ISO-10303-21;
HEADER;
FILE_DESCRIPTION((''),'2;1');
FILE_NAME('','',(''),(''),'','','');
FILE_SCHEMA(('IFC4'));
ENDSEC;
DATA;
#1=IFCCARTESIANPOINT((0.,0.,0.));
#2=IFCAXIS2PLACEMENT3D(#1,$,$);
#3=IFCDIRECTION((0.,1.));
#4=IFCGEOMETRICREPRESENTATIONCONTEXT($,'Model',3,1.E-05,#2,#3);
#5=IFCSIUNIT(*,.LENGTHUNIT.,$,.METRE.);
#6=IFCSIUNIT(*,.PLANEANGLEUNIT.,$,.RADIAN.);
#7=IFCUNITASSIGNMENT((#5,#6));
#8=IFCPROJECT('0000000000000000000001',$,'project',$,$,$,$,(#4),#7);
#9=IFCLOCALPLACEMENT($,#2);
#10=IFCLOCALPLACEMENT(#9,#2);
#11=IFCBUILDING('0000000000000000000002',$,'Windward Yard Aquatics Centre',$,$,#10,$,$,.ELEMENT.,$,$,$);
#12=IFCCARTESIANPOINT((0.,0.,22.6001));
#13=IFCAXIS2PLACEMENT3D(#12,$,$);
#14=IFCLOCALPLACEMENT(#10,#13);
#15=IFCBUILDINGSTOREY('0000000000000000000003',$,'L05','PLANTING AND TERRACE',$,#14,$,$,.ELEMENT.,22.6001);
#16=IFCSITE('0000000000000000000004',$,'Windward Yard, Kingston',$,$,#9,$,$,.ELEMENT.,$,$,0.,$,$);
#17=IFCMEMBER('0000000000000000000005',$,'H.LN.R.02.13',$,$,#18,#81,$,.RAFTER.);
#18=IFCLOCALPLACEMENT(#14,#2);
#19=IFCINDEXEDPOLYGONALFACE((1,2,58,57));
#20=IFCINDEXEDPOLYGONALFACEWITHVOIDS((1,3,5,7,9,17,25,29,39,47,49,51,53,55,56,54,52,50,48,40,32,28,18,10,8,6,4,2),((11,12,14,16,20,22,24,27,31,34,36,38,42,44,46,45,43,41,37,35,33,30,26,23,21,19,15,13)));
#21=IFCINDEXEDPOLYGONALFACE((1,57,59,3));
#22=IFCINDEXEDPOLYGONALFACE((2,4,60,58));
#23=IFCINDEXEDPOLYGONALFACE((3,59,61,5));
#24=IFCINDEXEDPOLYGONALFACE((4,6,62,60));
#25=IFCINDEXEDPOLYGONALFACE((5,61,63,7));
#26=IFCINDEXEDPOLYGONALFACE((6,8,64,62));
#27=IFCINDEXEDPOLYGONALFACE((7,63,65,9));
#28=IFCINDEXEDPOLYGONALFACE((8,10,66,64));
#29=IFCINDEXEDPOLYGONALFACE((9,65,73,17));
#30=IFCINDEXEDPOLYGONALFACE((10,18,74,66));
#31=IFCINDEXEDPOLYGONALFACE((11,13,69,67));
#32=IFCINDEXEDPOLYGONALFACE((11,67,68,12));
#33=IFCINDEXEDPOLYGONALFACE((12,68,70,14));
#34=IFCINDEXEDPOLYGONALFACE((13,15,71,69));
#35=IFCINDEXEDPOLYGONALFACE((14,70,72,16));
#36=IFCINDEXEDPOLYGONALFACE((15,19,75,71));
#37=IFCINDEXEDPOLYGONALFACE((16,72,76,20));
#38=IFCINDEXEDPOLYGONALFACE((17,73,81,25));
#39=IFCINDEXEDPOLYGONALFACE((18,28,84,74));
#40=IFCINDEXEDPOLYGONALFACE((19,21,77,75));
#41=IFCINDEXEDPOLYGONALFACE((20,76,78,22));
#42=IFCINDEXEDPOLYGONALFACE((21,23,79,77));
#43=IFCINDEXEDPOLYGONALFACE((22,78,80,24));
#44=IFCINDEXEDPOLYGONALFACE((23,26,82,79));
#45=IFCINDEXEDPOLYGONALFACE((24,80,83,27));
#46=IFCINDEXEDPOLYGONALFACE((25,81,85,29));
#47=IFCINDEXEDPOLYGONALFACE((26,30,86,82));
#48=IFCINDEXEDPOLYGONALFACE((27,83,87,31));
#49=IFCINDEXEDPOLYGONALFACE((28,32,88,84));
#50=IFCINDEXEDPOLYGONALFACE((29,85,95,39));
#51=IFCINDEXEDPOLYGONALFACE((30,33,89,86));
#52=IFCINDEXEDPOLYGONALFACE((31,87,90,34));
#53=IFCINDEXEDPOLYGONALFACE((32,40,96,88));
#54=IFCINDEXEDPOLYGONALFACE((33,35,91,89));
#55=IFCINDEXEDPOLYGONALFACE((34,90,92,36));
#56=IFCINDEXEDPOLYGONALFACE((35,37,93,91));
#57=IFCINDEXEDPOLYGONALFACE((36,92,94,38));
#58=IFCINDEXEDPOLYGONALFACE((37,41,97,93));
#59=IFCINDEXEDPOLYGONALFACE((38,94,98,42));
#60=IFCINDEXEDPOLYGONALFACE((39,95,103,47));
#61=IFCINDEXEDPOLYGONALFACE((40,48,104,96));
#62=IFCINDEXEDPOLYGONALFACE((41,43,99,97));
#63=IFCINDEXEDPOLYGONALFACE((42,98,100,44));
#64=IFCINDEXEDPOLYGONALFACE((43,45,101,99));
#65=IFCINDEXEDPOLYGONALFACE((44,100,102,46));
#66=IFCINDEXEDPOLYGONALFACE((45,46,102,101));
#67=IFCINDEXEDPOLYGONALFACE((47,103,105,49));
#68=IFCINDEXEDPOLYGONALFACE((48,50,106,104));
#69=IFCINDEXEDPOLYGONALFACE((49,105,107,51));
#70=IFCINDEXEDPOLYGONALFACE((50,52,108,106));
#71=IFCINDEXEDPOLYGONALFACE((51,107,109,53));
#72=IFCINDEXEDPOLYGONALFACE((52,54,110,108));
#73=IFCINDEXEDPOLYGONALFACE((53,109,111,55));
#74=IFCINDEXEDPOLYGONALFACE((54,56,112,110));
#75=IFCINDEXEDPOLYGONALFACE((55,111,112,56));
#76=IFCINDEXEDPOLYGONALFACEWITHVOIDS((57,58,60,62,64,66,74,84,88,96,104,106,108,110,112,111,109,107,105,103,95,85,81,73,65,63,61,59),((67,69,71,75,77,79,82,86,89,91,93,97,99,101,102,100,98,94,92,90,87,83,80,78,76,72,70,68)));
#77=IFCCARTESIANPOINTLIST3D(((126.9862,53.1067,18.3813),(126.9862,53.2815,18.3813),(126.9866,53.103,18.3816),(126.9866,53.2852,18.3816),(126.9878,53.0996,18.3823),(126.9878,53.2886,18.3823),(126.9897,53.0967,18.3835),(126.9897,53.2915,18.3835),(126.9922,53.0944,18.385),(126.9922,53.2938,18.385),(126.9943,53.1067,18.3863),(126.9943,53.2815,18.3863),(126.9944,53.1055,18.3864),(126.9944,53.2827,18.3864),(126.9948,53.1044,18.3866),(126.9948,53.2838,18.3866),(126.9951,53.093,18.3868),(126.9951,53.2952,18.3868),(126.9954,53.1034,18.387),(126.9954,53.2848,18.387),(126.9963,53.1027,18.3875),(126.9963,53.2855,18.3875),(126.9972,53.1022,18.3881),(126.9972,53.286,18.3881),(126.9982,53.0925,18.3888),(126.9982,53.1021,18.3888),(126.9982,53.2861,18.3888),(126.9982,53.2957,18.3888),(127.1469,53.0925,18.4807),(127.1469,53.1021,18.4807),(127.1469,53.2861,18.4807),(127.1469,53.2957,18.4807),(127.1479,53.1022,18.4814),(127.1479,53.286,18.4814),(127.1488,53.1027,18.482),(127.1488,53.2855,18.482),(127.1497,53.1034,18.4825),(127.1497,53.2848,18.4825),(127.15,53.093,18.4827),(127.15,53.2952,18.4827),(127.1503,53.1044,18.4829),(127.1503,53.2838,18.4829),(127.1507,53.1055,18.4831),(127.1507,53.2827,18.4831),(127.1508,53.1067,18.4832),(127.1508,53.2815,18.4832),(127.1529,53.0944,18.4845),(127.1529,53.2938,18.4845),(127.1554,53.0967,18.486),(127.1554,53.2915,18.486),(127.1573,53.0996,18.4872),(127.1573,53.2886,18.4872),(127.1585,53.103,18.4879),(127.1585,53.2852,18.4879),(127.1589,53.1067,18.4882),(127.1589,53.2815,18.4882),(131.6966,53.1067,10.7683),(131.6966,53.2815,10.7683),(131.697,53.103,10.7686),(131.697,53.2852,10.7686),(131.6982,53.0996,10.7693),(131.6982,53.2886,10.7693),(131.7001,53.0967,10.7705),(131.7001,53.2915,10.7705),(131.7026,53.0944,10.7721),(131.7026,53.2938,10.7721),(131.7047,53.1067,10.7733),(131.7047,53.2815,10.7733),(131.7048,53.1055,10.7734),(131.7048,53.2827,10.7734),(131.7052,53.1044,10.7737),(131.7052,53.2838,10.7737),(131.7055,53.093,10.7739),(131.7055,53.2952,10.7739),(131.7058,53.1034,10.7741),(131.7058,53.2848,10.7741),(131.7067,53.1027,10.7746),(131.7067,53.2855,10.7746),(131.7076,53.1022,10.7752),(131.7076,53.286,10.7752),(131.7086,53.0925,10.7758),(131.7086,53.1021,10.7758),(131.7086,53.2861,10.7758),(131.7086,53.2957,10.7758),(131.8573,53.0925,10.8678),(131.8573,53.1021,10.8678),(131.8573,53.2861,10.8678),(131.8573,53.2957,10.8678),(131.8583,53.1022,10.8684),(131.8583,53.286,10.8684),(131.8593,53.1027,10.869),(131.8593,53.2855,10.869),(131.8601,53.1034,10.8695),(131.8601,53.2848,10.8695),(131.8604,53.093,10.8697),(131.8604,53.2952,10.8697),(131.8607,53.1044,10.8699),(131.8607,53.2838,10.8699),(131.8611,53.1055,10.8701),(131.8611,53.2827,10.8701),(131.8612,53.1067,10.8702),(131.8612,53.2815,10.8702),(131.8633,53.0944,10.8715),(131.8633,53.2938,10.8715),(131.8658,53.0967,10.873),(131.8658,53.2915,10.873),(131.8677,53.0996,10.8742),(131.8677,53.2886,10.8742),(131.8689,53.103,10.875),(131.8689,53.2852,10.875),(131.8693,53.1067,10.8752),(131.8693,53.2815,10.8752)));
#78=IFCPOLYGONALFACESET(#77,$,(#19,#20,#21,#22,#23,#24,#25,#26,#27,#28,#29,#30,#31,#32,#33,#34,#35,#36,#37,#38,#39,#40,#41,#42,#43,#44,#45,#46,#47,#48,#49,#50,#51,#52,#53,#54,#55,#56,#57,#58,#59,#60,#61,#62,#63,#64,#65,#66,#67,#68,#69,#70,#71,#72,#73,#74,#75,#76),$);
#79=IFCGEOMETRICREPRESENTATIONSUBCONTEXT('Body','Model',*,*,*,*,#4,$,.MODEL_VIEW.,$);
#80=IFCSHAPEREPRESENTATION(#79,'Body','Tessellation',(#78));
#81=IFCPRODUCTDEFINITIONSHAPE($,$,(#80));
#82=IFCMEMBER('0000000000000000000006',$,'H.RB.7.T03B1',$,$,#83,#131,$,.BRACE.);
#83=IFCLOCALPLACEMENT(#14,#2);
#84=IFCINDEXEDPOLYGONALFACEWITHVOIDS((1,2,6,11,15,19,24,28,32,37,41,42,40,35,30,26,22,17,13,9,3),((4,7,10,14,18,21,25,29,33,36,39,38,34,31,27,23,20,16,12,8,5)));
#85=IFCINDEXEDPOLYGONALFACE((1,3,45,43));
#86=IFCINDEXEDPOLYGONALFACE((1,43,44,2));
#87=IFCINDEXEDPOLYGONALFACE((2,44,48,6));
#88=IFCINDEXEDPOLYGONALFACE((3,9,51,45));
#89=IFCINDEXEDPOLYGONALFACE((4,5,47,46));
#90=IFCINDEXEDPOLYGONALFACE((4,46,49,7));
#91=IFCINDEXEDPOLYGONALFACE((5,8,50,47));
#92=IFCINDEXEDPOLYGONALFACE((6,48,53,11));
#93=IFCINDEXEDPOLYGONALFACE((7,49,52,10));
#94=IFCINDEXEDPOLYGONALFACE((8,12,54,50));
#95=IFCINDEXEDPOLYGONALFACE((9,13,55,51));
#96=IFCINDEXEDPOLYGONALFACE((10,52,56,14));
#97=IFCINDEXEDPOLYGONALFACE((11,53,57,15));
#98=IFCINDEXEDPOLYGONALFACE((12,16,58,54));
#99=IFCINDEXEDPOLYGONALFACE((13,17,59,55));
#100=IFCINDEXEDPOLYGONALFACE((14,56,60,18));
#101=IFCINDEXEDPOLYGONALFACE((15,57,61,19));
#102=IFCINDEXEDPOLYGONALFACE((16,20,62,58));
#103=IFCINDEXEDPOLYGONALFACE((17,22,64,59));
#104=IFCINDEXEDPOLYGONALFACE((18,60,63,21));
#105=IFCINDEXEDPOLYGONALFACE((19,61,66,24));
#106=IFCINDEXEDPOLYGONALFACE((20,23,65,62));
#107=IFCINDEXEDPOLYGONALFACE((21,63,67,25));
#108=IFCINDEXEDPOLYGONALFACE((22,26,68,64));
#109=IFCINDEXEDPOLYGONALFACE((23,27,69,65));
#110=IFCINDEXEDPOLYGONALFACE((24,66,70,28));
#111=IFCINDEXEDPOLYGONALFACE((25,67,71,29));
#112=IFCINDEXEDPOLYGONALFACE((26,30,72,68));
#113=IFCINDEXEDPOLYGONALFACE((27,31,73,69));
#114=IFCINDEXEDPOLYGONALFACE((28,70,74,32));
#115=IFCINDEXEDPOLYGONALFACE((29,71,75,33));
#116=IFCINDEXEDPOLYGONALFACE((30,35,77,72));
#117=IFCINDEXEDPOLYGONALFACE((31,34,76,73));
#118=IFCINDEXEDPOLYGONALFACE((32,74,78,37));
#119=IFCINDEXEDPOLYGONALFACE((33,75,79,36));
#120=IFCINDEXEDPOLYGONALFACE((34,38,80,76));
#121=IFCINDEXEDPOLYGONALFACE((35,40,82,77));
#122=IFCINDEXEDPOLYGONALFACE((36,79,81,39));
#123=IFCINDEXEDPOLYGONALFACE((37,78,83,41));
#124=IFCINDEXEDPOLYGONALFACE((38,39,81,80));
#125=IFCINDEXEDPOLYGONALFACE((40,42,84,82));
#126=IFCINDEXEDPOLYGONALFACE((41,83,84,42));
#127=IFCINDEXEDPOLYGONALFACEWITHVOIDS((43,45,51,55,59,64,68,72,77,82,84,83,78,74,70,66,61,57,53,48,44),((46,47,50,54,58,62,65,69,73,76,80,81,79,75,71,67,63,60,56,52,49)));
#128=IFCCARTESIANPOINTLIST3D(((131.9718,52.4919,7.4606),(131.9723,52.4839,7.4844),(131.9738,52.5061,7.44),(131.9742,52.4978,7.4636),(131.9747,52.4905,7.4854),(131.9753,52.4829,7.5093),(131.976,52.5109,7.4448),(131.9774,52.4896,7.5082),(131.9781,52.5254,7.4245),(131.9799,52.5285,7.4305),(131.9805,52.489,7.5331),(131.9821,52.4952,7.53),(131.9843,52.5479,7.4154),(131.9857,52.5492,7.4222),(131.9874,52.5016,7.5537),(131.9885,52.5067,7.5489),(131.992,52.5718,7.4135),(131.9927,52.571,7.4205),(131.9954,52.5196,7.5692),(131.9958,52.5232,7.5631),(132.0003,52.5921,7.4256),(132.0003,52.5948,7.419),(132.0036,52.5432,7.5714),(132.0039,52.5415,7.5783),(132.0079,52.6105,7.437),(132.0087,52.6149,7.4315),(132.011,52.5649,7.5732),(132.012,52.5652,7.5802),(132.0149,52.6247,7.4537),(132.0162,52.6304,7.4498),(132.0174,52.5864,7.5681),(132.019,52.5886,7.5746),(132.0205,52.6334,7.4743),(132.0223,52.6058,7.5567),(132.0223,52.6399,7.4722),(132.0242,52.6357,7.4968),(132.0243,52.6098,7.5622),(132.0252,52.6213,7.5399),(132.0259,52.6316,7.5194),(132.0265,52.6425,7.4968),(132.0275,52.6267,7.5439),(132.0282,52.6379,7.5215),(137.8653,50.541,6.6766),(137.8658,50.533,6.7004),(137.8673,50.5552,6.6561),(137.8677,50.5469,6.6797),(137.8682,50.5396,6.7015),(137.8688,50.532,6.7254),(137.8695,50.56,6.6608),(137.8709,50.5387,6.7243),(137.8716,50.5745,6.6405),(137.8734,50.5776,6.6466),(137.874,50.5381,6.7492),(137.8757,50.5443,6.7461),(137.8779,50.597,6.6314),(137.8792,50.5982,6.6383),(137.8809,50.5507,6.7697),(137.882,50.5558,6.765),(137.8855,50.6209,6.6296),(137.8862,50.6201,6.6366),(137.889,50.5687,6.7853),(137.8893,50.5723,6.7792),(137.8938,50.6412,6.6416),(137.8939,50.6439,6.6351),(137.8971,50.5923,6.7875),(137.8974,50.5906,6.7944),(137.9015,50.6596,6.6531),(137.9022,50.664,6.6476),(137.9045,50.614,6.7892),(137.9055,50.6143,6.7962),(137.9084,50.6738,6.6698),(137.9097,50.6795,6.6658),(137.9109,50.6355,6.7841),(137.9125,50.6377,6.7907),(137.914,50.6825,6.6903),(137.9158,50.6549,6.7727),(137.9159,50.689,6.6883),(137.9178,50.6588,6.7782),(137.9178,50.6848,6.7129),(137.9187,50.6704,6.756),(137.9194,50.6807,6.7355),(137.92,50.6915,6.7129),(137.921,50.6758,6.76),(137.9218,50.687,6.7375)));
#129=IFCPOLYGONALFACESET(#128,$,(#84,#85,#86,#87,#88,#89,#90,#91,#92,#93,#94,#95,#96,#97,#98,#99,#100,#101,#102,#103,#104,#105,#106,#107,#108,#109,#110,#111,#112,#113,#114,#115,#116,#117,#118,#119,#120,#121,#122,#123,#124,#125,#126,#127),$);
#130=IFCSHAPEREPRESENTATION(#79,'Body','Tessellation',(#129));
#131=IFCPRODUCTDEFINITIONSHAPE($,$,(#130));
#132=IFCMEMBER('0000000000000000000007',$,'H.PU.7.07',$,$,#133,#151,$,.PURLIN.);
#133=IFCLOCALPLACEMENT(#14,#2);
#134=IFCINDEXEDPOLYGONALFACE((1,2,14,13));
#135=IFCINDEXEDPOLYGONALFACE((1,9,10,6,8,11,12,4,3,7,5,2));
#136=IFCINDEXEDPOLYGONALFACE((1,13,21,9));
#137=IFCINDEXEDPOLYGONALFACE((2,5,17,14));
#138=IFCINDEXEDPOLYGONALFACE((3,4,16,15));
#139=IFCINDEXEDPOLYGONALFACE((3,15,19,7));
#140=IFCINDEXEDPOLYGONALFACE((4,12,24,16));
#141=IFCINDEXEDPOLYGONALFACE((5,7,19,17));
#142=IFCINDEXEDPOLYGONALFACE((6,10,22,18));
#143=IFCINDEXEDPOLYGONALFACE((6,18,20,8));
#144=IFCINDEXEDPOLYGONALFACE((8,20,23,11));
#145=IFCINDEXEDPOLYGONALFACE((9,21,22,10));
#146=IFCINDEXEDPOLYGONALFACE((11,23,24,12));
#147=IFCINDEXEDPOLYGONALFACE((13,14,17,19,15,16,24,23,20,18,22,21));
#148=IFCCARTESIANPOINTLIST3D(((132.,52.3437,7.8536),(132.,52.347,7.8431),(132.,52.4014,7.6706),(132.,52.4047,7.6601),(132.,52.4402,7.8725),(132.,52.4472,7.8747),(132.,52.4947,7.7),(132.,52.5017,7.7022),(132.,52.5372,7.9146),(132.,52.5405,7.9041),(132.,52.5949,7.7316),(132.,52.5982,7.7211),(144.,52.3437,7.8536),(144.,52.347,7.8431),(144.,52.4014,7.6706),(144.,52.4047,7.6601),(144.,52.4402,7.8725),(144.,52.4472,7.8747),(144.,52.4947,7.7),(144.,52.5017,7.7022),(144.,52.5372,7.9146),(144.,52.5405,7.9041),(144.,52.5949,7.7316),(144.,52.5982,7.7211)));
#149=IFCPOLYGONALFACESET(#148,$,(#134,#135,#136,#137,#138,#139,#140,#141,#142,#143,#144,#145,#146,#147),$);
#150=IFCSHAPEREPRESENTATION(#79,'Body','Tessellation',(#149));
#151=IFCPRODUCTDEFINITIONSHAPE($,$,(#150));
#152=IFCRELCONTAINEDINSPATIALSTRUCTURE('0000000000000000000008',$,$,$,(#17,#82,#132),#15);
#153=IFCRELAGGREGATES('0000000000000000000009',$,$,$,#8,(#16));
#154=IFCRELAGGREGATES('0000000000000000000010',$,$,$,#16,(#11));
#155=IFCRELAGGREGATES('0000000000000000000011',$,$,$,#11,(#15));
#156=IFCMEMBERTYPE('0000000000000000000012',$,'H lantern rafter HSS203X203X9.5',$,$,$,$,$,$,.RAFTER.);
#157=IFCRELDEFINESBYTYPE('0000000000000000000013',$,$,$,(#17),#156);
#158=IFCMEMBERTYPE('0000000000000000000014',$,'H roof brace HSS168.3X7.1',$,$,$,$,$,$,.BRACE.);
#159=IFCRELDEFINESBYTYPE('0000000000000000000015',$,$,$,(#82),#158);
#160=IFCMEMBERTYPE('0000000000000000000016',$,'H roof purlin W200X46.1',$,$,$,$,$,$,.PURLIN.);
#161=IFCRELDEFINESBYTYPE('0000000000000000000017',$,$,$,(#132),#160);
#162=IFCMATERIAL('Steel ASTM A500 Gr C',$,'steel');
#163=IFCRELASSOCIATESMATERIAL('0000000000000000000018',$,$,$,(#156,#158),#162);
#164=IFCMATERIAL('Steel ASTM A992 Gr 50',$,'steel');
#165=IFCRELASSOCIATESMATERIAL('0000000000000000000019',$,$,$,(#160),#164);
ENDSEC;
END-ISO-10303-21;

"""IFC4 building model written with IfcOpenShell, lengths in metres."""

from ifc_helpers import new_model, si_unit, direction, frame, origin, origin_2d, place, context, subcontext, project, spatial, hollow_rectangle, hollow_circle, i_section, extrude, material, material_profile, profile_set, type_object, element, save


model = new_model("IFC4")

# Units and contexts
model_context = context("Model", 3, precision=1e-05, world=origin(), true_north=direction((0.0, 1.0)))
body_context = subcontext(model_context, "Body", "Model", "MODEL_VIEW")
ifc_project = project(units=[si_unit("LENGTHUNIT", "METRE"), si_unit("PLANEANGLEUNIT", "RADIAN")], contexts=[model_context])

# Site, building, storey
site_placement = place(None, origin())
site = spatial("IfcSite", under=ifc_project, at=site_placement, Name="Windward Yard, Kingston", CompositionType="ELEMENT", RefElevation=0.0)
building_placement = place(site_placement, origin())
building = spatial("IfcBuilding", under=site, at=building_placement, Name="Windward Yard Aquatics Centre", CompositionType="ELEMENT")
storey_placement = place(building_placement, frame((0.0, 0.0, 22.6001)))
storey = spatial("IfcBuildingStorey", under=building, at=storey_placement, Name="L05", Description="PLANTING AND TERRACE", CompositionType="ELEMENT", Elevation=22.6001)

# Members
ifc_material_1 = material(Name="Steel ASTM A500 Gr C", Category="steel")
ifc_material_profile_1 = material_profile(ifc_material_1, hollow_rectangle(XDim=0.2031, YDim=0.2031, WallThickness=0.0095, InnerFilletRadius=0.0046, OuterFilletRadius=0.0142, at=origin_2d()), Name="HSS203X203X9.5")
ifc_profile_set_1 = profile_set([ifc_material_profile_1], Name="Steel ASTM A500 Gr C")
member_type_1 = type_object("IfcMemberType", Name="H lantern rafter HSS203X203X9.5", PredefinedType="RAFTER", material=ifc_profile_set_1)
member_1_placement = place(storey_placement, frame((131.783, 53.1941, 10.8218), z_axis=(-0.526162, 0.0, 0.850384), x_axis=(0.0, -1.0, 0.0)))
element("IfcMember", 1, at=member_1_placement, inside=storey, type_object=member_type_1, Name="H.LN.R.02.13", PredefinedType="RAFTER", context=body_context, shape_type="SweptSolid", body=[
    extrude(hollow_rectangle(XDim=0.2031, YDim=0.2031, WallThickness=0.0095, InnerFilletRadius=0.0046, OuterFilletRadius=0.0142, at=origin_2d()), origin(), (0.0, 0.0, 1.0), 8.9524),
])
ifc_material_profile_2 = material_profile(ifc_material_1, hollow_circle(Radius=0.0842, WallThickness=0.0071, at=origin_2d()), Name="HSS168.3X7.1")
ifc_profile_set_2 = profile_set([ifc_material_profile_2], Name="Steel ASTM A500 Gr C")
member_type_2 = type_object("IfcMemberType", Name="H roof brace HSS168.3X7.1", PredefinedType="BRACE", material=ifc_profile_set_2)
member_2_placement = place(storey_placement, frame((132.0, 52.5625, 7.4968), z_axis=(0.941858, -0.311781, -0.125282), x_axis=(0.314257, 0.949338, 0.0)))
element("IfcMember", 2, at=member_2_placement, inside=storey, type_object=member_type_2, Name="H.RB.7.T03B1", PredefinedType="BRACE", context=body_context, shape_type="SweptSolid", body=[
    extrude(hollow_circle(Radius=0.0842, WallThickness=0.0071, at=origin_2d()), origin(), (0.0, 0.0, 1.0), 6.2573),
])
ifc_material_2 = material(Name="Steel ASTM A992 Gr 50", Category="steel")
ifc_material_profile_3 = material_profile(ifc_material_2, i_section(OverallWidth=0.2029, OverallDepth=0.2029, WebThickness=0.0073, FlangeThickness=0.011, at=origin_2d()), Name="W200X46.1")
ifc_profile_set_3 = profile_set([ifc_material_profile_3], Name="Steel ASTM A992 Gr 50")
member_type_3 = type_object("IfcMemberType", Name="H roof purlin W200X46.1", PredefinedType="PURLIN", material=ifc_profile_set_3)
member_3_placement = place(storey_placement, frame((132.0, 52.4709, 7.7874), z_axis=(1.0, 0.0, 0.0), x_axis=(0.0, 0.953633, 0.300973)))
element("IfcMember", 3, at=member_3_placement, inside=storey, type_object=member_type_3, Name="H.PU.7.07", PredefinedType="PURLIN", context=body_context, shape_type="SweptSolid", body=[
    extrude(i_section(OverallWidth=0.2029, OverallDepth=0.2029, WebThickness=0.0073, FlangeThickness=0.011, at=origin_2d()), origin(), (0.0, 0.0, 1.0), 12.0),
])

save(model, "model.ifc")
